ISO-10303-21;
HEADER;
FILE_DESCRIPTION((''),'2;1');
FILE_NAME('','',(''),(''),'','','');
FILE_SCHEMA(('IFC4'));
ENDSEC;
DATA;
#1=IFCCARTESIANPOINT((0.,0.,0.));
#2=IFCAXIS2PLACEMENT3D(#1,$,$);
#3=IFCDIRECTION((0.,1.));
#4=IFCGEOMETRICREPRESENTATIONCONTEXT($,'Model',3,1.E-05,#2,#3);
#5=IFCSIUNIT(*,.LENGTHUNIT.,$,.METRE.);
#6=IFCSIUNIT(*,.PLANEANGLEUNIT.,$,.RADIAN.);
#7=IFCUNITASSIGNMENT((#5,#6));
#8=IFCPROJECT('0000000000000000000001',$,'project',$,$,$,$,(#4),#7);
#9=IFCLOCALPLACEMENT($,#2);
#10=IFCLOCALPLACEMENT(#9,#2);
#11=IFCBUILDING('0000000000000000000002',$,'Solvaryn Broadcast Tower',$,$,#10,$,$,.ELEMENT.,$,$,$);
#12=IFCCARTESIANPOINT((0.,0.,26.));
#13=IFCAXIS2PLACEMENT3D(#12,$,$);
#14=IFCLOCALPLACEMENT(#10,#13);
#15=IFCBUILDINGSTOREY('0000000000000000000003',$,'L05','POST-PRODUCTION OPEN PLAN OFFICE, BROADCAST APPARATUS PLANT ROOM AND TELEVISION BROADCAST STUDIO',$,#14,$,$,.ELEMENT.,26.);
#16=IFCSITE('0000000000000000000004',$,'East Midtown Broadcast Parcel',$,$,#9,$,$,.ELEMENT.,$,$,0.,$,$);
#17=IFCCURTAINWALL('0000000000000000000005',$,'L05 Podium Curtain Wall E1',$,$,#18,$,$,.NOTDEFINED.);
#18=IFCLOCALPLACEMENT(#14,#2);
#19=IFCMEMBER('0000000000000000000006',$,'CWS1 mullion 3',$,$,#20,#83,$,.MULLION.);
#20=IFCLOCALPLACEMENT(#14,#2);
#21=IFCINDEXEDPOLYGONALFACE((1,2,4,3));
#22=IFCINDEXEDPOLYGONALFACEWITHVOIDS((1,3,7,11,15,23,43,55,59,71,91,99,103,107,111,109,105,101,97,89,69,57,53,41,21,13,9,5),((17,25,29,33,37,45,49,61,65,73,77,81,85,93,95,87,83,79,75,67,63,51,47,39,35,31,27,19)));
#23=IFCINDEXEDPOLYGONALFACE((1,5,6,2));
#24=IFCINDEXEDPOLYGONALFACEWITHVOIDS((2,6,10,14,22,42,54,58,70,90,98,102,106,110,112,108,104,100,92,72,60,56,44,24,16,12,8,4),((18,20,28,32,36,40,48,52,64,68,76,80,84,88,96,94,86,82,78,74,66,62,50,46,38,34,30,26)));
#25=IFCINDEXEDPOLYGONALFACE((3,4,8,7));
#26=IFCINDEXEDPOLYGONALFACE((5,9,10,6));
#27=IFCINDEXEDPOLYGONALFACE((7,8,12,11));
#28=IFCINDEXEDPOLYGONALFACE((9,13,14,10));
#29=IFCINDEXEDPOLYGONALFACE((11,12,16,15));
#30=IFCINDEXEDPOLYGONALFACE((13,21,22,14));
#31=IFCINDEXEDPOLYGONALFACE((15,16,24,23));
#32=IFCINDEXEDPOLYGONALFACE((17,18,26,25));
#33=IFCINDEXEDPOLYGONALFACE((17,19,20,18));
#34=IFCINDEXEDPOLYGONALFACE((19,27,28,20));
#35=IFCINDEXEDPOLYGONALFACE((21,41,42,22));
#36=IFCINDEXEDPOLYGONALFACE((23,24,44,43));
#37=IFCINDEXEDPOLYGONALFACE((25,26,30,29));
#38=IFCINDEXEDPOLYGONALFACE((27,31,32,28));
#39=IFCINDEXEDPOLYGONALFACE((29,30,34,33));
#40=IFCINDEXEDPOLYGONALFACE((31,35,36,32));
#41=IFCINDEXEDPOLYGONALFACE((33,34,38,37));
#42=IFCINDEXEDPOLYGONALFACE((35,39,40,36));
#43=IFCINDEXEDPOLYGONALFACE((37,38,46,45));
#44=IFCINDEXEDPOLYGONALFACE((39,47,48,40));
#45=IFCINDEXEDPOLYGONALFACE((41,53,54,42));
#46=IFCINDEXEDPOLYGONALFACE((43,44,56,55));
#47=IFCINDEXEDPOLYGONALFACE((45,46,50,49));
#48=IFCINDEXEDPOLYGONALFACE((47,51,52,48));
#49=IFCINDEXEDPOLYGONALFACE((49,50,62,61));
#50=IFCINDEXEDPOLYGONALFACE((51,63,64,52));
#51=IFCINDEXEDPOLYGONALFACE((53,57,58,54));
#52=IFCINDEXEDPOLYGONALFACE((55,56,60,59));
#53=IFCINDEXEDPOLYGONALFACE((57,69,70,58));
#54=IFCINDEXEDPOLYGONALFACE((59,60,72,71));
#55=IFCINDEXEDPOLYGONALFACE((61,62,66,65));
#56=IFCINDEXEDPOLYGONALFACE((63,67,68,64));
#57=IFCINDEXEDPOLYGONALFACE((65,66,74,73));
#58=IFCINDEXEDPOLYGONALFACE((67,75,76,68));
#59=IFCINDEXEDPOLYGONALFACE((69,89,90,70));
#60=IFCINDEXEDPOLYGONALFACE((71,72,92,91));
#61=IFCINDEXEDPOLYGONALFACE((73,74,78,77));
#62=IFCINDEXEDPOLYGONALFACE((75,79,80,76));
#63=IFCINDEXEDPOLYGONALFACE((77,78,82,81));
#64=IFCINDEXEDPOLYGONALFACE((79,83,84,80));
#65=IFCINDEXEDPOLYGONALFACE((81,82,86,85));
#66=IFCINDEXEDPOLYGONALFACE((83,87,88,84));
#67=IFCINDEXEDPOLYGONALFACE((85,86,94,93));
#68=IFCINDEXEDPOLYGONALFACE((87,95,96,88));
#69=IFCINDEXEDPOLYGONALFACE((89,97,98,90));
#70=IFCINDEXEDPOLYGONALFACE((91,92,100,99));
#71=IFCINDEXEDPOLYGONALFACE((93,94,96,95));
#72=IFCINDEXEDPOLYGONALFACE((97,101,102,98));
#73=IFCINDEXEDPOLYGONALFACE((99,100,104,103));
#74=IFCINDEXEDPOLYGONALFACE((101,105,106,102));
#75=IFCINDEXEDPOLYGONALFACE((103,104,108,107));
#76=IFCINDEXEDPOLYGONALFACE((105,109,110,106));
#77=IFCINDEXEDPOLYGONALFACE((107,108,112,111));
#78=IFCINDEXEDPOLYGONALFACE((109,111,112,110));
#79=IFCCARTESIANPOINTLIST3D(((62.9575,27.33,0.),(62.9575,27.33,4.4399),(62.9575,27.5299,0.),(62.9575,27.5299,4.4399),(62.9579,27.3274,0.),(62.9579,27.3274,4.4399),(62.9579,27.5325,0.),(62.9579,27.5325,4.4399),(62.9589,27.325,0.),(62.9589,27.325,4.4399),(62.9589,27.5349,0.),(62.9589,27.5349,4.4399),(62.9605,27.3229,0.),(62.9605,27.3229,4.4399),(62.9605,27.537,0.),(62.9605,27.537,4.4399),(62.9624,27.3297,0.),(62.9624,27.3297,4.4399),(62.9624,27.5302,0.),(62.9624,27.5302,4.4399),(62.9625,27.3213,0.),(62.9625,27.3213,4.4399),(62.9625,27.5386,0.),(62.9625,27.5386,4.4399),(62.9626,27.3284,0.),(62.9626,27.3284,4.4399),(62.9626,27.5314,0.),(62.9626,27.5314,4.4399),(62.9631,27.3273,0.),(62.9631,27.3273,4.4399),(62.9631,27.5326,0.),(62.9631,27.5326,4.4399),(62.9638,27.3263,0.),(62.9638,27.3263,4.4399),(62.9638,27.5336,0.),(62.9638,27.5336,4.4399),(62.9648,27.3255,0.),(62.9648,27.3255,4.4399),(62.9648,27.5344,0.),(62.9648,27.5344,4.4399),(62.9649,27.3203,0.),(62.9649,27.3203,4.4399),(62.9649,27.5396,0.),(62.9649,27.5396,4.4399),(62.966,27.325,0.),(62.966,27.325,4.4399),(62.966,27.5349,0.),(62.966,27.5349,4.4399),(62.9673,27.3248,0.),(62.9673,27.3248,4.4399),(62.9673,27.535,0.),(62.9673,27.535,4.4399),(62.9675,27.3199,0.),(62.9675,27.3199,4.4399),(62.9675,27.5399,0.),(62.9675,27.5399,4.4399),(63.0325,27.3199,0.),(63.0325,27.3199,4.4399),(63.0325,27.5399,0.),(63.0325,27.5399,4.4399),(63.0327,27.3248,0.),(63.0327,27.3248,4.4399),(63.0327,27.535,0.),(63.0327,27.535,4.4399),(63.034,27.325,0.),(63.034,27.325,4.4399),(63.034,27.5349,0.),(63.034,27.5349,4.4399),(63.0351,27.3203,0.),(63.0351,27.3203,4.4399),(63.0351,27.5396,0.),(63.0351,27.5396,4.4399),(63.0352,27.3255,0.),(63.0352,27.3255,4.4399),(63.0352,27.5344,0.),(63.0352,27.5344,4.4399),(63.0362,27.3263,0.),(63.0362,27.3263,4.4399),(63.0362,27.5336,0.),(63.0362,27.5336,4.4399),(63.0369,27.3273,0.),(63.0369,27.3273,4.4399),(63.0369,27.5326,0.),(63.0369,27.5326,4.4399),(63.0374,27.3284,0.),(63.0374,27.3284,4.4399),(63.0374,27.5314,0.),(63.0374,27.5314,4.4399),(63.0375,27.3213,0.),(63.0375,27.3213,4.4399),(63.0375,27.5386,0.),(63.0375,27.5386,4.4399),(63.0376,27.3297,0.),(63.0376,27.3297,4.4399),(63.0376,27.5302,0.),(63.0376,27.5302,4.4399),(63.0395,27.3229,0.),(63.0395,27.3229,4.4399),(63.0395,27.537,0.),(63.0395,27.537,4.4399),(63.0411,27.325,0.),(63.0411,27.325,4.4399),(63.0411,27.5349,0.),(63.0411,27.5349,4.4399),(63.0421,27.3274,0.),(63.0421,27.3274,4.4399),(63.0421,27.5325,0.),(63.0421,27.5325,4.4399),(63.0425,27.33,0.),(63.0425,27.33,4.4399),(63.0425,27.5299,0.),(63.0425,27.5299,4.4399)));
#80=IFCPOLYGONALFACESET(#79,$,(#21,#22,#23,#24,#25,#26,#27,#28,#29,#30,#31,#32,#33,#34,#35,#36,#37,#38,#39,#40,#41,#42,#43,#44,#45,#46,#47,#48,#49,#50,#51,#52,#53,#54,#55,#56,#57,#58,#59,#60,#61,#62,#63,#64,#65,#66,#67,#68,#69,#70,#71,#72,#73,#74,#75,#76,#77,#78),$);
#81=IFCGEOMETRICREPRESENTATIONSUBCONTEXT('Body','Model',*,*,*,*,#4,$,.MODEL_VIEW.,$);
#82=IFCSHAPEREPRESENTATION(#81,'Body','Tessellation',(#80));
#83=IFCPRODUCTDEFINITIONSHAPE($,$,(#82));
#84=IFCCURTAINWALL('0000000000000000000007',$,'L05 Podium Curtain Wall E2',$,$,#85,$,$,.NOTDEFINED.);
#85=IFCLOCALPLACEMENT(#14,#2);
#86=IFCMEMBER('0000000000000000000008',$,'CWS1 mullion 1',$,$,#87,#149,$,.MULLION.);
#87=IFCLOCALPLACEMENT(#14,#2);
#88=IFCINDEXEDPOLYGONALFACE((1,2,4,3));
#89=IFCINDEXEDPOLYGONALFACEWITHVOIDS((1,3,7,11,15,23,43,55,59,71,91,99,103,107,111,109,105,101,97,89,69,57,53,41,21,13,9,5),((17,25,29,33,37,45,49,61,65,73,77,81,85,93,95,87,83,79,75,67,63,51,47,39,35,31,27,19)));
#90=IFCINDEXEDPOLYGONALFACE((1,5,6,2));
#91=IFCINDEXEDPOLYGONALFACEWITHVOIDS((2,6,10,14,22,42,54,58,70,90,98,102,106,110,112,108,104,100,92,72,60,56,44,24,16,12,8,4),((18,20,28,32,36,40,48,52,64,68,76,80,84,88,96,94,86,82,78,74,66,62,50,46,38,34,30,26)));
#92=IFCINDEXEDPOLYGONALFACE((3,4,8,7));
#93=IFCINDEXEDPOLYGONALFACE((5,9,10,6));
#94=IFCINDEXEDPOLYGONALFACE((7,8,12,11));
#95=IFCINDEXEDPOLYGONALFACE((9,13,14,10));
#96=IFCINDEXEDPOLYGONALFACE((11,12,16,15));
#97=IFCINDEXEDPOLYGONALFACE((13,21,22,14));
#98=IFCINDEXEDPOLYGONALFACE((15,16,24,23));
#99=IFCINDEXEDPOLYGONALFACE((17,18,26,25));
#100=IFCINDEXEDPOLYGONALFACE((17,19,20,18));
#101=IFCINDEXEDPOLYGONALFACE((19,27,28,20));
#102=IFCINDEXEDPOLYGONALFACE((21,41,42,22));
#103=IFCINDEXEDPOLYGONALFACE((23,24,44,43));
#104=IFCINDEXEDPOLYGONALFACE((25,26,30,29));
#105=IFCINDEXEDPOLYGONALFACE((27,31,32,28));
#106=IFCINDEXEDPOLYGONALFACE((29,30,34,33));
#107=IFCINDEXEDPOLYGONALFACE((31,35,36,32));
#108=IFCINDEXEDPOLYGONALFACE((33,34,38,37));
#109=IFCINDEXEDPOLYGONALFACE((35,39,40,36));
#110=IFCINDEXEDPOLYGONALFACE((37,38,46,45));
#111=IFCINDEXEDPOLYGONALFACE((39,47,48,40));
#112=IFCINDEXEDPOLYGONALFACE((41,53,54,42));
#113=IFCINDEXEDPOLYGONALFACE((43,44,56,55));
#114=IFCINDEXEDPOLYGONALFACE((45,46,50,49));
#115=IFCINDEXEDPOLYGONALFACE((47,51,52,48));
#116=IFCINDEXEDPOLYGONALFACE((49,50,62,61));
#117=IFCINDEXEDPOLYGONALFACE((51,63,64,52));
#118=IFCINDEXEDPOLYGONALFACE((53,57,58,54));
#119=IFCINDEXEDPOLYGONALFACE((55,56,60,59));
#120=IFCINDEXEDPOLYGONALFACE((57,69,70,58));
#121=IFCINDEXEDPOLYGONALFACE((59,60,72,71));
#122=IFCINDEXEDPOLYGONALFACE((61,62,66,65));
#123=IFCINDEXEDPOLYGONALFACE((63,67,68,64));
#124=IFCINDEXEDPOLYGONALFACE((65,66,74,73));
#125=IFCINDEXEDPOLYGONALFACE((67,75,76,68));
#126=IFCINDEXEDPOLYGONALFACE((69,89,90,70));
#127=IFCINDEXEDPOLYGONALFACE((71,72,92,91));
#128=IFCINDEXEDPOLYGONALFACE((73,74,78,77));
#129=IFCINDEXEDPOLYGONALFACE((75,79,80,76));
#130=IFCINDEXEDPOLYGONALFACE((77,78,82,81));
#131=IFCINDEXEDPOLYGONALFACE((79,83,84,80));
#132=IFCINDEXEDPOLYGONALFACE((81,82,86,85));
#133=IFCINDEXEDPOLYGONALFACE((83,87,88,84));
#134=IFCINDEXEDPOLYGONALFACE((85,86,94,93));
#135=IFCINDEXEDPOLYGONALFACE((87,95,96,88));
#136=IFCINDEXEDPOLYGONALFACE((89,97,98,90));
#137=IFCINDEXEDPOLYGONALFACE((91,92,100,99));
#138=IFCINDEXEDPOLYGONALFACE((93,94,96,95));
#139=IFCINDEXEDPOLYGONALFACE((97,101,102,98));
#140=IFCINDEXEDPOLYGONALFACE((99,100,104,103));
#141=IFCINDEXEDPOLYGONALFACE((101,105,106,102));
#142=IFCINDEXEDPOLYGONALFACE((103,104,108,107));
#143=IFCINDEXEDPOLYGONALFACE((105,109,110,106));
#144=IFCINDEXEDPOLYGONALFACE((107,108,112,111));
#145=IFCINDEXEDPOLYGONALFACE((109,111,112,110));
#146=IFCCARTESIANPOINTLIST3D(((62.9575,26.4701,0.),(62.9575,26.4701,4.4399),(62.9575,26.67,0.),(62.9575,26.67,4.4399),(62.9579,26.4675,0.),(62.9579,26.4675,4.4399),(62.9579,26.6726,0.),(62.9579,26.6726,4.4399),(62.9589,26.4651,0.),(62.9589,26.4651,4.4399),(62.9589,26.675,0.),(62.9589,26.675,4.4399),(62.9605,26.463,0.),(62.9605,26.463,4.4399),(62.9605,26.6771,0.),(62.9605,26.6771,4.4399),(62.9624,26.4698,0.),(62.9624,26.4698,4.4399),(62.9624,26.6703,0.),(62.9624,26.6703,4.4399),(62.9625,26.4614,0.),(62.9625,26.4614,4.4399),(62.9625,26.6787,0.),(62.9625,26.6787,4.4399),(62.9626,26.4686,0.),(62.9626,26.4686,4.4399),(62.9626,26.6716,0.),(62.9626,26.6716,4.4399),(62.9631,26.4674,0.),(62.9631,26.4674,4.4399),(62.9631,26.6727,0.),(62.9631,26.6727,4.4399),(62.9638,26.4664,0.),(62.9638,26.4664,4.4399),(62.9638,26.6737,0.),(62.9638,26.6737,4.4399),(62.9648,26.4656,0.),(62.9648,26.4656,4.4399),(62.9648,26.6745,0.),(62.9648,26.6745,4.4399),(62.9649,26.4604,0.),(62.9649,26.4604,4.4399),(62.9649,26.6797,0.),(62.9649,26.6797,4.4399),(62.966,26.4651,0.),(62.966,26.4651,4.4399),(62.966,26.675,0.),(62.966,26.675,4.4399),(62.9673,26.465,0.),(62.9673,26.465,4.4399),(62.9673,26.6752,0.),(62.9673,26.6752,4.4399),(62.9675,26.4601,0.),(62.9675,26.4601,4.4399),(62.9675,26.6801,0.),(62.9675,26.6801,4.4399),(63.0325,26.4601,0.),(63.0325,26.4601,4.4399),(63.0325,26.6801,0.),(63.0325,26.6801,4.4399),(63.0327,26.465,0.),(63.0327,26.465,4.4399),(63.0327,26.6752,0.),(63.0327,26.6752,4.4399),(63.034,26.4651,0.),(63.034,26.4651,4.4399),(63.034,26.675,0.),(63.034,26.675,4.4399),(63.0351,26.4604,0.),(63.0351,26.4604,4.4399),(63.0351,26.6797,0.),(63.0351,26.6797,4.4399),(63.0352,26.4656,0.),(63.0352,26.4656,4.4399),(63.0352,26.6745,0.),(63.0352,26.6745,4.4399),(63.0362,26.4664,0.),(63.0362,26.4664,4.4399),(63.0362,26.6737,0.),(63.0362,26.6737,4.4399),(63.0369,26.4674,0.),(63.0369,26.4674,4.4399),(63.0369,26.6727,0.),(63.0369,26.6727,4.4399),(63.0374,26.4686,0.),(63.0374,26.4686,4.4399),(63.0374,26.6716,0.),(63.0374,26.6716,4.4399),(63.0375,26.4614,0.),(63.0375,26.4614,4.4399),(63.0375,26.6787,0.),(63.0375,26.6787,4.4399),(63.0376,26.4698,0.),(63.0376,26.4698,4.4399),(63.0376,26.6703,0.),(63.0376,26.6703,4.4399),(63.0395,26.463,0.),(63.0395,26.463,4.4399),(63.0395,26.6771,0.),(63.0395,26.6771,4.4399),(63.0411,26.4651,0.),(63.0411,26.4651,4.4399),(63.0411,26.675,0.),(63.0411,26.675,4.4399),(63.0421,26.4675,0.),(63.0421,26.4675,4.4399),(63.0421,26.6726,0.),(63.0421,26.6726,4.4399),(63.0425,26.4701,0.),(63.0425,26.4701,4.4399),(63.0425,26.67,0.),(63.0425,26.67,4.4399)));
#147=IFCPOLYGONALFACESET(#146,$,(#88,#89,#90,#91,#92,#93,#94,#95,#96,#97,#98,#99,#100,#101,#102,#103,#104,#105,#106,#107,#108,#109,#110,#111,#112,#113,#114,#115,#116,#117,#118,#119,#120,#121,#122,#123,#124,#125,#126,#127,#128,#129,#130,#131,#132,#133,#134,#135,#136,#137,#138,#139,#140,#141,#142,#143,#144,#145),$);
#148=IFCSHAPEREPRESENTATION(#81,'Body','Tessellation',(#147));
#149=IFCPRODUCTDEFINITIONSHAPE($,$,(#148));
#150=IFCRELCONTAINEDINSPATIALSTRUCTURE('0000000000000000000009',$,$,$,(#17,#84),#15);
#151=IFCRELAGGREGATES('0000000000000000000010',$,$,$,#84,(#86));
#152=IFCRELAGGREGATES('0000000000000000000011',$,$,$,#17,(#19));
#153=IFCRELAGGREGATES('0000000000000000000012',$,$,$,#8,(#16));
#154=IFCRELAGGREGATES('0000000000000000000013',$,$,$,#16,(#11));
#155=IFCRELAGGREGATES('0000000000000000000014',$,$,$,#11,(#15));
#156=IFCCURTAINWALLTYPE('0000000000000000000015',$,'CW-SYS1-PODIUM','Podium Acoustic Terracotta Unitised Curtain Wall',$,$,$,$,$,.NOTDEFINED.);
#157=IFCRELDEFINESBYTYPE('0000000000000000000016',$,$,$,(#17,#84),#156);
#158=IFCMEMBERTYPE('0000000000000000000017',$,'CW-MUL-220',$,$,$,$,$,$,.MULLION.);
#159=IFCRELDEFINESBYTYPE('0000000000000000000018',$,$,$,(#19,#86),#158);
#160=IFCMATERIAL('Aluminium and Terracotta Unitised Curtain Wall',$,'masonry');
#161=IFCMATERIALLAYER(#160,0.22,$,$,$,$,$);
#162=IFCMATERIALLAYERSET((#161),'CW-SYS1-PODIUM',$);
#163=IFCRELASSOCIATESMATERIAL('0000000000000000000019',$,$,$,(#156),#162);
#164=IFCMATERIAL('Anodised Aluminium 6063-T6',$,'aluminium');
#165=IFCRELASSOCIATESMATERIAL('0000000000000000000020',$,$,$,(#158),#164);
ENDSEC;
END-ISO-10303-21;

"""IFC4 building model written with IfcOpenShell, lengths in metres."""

from ifc_helpers import new_model, si_unit, direction, frame, origin, origin_2d, place, context, subcontext, project, spatial, hollow_rectangle, extrude, material, layer, layer_set, material_profile, profile_set, type_object, element, aggregate, save


model = new_model("IFC4")

# Units and contexts
model_context = context("Model", 3, precision=1e-05, world=origin(), true_north=direction((0.0, 1.0)))
body_context = subcontext(model_context, "Body", "Model", "MODEL_VIEW")
ifc_project = project(units=[si_unit("LENGTHUNIT", "METRE"), si_unit("PLANEANGLEUNIT", "RADIAN")], contexts=[model_context])

# Site, building, storey
site_placement = place(None, origin())
site = spatial("IfcSite", under=ifc_project, at=site_placement, Name="East Midtown Broadcast Parcel", CompositionType="ELEMENT", RefElevation=0.0)
building_placement = place(site_placement, origin())
building = spatial("IfcBuilding", under=site, at=building_placement, Name="Solvaryn Broadcast Tower", CompositionType="ELEMENT")
storey_placement = place(building_placement, frame((0.0, 0.0, 26.0)))
storey = spatial("IfcBuildingStorey", under=building, at=storey_placement, Name="L05", Description="POST-PRODUCTION OPEN PLAN OFFICE, BROADCAST APPARATUS PLANT ROOM AND TELEVISION BROADCAST STUDIO", CompositionType="ELEMENT", Elevation=26.0)

# Curtain wall, member
ifc_material_1 = material(Name="Aluminium and Terracotta Unitised Curtain Wall", Category="masonry")
ifc_layer_1 = layer(ifc_material_1, 0.22)
ifc_layer_set_1 = layer_set([ifc_layer_1], Name="CW-SYS1-PODIUM")
curtain_wall_type = type_object("IfcCurtainWallType", Name="CW-SYS1-PODIUM", Description="Podium Acoustic Terracotta Unitised Curtain Wall", PredefinedType="NOTDEFINED", material=ifc_layer_set_1)
curtain_wall_1_placement = place(storey_placement, origin())
curtain_wall_1 = element("IfcCurtainWall", 1, at=curtain_wall_1_placement, inside=storey, type_object=curtain_wall_type, Name="L05 Podium Curtain Wall E1", PredefinedType="NOTDEFINED")
ifc_material_2 = material(Name="Anodised Aluminium 6063-T6", Category="aluminium")
ifc_material_profile_1 = material_profile(ifc_material_2, hollow_rectangle(XDim=0.085, YDim=0.22, WallThickness=0.0049, InnerFilletRadius=0.0049, OuterFilletRadius=0.01, at=origin_2d()))
ifc_profile_set_1 = profile_set([ifc_material_profile_1], Name="Anodised Aluminium 6063-T6")
member_type_1 = type_object("IfcMemberType", Name="CW-MUL-220", PredefinedType="MULLION", material=ifc_profile_set_1)
member_1_placement = place(storey_placement, frame((63.0, 27.4299, 0.0), z_axis=(0.0, 0.0, 1.0), x_axis=(1.0, 0.0, 0.0)))
member_1 = element("IfcMember", 2, at=member_1_placement, type_object=member_type_1, Name="CWS1 mullion 3", PredefinedType="MULLION", context=body_context, shape_type="SweptSolid", body=[
    extrude(hollow_rectangle(XDim=0.085, YDim=0.22, WallThickness=0.0049, InnerFilletRadius=0.0049, OuterFilletRadius=0.01, at=origin_2d()), origin(), (0.0, 0.0, 1.0), 4.4399),
])

# Curtain wall, member
curtain_wall_2_placement = place(storey_placement, origin())
curtain_wall_2 = element("IfcCurtainWall", 3, at=curtain_wall_2_placement, inside=storey, type_object=curtain_wall_type, Name="L05 Podium Curtain Wall E2", PredefinedType="NOTDEFINED")
member_2_placement = place(storey_placement, frame((63.0, 26.5701, 0.0), z_axis=(0.0, 0.0, 1.0), x_axis=(1.0, 0.0, 0.0)))
member_2 = element("IfcMember", 4, at=member_2_placement, type_object=member_type_1, Name="CWS1 mullion 1", PredefinedType="MULLION", context=body_context, shape_type="SweptSolid", body=[
    extrude(hollow_rectangle(XDim=0.085, YDim=0.22, WallThickness=0.0049, InnerFilletRadius=0.0049, OuterFilletRadius=0.01, at=origin_2d()), origin(), (0.0, 0.0, 1.0), 4.4399),
])

aggregate(curtain_wall_2, [member_2])

aggregate(curtain_wall_1, [member_1])

save(model, "model.ifc")
